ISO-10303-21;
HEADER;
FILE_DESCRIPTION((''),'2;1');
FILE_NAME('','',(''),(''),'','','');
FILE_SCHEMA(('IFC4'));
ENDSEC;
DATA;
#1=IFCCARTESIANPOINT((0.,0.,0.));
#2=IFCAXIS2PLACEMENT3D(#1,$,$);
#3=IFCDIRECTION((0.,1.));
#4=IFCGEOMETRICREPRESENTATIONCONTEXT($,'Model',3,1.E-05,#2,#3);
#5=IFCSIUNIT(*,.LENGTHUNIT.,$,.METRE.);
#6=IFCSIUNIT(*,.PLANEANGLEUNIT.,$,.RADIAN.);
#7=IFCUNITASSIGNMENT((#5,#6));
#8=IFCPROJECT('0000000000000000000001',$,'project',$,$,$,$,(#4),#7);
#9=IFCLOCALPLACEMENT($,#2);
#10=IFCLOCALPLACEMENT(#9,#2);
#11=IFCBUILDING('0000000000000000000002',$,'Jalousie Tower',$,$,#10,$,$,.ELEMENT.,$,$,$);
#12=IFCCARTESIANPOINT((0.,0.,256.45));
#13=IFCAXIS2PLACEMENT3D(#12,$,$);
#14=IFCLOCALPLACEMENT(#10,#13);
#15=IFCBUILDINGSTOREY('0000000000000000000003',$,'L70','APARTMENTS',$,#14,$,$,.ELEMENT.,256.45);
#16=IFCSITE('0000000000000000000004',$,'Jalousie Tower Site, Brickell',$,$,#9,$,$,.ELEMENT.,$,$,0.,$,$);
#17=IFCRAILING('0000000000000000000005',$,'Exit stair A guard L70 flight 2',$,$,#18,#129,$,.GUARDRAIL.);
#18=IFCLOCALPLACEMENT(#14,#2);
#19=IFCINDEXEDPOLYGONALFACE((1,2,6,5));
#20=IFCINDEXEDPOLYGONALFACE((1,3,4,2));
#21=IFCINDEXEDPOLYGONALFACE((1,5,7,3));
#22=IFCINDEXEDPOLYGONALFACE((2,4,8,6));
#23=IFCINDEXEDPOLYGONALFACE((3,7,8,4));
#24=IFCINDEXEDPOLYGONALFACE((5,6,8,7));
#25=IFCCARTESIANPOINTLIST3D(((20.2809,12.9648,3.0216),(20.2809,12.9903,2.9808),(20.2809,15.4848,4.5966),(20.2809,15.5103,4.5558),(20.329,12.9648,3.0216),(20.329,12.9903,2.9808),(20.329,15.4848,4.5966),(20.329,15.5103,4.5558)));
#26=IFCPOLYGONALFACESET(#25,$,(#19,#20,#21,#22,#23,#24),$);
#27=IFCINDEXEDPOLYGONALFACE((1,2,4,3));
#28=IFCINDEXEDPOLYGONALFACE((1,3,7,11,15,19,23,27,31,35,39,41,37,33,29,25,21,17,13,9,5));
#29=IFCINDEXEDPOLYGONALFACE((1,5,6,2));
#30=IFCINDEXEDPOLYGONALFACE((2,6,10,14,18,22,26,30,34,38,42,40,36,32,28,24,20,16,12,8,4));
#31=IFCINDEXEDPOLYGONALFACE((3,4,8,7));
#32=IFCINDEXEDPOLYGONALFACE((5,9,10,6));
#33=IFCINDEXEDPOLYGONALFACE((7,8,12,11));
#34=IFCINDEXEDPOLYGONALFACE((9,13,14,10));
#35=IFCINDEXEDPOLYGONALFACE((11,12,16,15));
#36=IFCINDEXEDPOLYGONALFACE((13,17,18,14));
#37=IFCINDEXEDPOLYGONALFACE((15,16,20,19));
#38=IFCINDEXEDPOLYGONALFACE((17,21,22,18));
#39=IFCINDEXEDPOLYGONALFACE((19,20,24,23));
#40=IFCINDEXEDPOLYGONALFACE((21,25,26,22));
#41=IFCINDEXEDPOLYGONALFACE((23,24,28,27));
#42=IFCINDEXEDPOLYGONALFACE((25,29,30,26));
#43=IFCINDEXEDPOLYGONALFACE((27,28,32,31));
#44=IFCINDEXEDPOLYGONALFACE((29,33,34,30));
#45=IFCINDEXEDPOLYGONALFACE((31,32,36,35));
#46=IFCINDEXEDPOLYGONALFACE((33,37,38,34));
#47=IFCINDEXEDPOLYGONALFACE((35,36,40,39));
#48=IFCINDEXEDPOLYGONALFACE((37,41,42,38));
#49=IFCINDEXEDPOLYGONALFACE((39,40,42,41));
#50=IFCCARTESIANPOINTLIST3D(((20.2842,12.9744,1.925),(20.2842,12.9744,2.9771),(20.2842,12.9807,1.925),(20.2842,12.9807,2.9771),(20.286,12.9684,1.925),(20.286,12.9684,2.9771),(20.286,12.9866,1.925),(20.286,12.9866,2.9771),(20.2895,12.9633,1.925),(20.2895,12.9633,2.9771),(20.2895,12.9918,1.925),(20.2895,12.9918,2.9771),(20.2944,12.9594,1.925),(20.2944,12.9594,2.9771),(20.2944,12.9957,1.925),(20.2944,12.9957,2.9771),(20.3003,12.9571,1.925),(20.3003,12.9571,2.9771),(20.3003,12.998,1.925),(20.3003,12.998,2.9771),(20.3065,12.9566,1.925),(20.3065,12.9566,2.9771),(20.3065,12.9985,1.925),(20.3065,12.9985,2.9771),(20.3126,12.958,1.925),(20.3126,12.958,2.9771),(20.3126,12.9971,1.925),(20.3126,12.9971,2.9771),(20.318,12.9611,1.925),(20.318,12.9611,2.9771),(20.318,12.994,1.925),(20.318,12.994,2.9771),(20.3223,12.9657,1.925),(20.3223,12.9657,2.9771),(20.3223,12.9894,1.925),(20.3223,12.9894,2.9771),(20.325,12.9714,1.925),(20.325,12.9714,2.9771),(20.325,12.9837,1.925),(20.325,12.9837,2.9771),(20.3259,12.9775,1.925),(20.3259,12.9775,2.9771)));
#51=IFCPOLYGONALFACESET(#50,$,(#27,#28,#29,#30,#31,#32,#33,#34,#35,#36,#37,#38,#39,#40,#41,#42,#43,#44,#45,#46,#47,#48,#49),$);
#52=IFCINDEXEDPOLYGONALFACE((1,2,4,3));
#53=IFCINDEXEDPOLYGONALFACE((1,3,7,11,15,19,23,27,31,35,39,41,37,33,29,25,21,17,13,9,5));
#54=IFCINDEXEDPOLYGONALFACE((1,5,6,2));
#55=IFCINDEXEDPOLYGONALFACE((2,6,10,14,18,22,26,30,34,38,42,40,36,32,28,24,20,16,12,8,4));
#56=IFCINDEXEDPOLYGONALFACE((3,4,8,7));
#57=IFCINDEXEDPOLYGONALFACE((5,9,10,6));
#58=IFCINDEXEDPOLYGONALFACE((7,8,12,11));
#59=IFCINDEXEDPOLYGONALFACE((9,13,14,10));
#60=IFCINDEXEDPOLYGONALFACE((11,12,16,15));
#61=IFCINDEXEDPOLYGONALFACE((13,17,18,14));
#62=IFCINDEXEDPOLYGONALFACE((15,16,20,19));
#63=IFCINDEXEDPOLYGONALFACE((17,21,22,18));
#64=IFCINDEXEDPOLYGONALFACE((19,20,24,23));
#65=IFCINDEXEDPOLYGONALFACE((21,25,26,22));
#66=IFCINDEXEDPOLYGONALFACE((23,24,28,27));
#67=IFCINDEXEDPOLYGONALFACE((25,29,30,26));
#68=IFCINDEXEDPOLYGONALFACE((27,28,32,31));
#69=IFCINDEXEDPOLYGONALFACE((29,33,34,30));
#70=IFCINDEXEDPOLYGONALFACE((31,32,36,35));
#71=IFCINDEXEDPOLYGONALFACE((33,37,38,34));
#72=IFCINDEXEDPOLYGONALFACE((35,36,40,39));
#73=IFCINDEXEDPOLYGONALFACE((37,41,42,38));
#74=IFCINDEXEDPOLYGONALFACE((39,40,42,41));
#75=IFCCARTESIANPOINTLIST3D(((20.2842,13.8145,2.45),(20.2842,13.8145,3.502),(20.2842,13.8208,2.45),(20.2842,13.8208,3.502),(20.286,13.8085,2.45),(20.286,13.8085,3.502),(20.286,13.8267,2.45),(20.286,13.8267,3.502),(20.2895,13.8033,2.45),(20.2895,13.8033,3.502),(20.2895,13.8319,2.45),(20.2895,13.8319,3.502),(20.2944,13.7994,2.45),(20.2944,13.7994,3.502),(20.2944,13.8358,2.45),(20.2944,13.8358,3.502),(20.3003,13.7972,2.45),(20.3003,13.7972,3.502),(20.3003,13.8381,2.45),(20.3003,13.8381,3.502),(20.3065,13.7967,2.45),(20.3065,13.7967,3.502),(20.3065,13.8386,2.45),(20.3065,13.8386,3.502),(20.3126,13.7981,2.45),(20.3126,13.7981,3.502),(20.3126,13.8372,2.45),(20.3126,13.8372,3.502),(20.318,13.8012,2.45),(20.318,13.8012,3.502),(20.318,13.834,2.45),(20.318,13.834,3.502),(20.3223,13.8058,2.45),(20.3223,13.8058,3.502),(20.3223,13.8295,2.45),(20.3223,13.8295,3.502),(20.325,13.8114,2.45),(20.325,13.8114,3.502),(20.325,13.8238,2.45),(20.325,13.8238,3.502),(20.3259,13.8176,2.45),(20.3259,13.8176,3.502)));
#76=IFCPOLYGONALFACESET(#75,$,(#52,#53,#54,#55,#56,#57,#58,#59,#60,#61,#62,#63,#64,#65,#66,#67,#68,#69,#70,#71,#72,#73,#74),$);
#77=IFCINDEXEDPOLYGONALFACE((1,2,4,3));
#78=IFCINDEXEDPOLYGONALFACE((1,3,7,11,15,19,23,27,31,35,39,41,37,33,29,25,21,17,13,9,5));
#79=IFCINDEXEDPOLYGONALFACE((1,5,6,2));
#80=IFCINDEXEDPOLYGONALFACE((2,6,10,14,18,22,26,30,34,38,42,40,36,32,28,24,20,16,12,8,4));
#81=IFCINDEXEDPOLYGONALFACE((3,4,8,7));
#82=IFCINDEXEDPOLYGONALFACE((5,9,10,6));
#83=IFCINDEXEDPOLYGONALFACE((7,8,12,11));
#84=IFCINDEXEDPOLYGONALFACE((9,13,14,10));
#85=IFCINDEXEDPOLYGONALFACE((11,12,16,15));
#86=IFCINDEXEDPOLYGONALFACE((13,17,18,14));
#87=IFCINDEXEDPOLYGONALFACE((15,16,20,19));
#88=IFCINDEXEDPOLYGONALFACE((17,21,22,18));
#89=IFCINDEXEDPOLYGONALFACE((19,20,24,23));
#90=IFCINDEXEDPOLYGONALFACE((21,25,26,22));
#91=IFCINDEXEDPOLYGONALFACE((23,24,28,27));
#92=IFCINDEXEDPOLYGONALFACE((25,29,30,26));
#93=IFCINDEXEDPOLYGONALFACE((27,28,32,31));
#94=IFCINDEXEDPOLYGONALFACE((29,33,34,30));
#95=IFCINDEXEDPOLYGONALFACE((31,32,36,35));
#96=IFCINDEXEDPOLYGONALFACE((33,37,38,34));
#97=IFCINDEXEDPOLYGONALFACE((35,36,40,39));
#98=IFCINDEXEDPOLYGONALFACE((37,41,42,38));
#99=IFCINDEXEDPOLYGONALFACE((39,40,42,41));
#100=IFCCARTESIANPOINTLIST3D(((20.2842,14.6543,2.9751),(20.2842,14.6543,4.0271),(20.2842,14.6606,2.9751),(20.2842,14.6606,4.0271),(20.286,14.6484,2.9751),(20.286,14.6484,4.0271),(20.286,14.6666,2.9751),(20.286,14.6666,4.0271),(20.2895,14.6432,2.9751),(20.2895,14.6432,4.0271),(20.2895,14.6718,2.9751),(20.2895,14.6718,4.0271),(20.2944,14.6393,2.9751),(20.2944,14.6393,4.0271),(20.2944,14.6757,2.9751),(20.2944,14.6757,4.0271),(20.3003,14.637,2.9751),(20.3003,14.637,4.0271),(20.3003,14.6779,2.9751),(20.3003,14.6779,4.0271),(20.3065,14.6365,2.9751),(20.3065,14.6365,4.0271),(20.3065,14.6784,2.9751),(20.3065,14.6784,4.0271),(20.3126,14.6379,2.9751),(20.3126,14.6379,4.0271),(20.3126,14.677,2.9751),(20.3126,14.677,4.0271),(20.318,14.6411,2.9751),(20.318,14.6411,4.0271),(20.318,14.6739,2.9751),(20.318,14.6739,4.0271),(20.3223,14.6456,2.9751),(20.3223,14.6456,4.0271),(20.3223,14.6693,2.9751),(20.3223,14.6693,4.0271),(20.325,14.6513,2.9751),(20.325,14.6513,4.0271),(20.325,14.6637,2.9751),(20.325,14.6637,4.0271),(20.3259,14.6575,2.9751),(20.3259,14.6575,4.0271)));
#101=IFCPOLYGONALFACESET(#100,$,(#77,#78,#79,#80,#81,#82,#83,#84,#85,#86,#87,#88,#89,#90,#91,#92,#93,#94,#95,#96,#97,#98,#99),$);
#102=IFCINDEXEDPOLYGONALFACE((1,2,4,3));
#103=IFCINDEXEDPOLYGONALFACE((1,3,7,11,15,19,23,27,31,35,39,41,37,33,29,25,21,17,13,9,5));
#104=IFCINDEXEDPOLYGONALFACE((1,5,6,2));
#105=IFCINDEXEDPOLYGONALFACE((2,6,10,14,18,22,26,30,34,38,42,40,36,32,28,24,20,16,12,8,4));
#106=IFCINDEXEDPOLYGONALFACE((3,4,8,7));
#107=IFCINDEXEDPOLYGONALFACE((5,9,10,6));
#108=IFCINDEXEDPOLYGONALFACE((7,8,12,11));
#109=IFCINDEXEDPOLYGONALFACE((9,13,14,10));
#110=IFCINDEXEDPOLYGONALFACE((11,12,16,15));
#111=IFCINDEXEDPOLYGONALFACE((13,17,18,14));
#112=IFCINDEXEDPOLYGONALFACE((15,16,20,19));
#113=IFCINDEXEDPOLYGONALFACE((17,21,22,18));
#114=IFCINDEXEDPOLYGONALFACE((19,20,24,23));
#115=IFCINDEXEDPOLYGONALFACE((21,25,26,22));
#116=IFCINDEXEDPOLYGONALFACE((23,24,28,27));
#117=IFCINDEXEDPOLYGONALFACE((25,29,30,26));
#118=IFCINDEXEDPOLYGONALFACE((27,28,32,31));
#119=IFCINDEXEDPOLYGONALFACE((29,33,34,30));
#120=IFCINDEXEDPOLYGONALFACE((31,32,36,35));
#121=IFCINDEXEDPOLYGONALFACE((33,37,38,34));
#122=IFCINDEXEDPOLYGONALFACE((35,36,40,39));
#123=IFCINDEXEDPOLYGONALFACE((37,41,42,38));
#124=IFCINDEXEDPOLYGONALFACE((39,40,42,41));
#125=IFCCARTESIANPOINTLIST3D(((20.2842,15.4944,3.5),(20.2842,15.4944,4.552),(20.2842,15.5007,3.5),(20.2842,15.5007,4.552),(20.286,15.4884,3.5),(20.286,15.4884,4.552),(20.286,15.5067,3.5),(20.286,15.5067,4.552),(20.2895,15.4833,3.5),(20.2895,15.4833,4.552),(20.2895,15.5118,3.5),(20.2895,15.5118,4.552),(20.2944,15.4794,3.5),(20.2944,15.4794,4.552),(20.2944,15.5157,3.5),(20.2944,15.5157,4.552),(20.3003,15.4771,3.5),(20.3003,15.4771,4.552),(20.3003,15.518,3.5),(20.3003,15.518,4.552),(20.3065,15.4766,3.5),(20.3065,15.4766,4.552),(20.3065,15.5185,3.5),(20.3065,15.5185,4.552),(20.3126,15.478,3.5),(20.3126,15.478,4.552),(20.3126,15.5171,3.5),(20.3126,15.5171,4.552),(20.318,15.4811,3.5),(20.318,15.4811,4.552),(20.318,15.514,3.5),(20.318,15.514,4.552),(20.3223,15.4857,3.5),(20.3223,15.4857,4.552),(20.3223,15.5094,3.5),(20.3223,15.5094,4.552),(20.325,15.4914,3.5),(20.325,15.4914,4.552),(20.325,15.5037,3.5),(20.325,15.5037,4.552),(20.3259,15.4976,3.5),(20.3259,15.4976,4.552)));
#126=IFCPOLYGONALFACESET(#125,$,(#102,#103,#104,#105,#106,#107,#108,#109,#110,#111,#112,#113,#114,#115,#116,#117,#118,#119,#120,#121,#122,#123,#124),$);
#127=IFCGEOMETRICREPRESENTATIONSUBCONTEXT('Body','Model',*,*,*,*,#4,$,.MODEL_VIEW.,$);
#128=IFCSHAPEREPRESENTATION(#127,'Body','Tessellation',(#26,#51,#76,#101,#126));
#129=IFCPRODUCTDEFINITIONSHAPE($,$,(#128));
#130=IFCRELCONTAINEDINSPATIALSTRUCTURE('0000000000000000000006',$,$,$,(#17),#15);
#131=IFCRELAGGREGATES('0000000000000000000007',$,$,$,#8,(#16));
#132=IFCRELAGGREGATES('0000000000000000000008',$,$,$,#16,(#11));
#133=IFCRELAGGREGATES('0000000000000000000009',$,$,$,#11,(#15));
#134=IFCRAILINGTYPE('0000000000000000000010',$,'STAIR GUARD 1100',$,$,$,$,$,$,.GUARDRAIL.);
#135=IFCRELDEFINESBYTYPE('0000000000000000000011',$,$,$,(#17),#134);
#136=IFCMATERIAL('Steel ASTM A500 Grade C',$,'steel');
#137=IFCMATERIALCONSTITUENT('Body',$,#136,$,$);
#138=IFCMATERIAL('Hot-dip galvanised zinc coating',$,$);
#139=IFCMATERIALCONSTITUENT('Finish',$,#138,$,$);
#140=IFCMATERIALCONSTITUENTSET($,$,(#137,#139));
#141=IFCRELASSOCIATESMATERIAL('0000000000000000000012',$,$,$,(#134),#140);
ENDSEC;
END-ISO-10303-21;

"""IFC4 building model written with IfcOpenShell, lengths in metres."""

from ifc_helpers import new_model, si_unit, direction, frame, origin, origin_2d, place, context, subcontext, project, spatial, rectangle, circle, extrude, material, constituent, constituent_set, type_object, element, save


model = new_model("IFC4")

# Units and contexts
model_context = context("Model", 3, precision=1e-05, world=origin(), true_north=direction((0.0, 1.0)))
body_context = subcontext(model_context, "Body", "Model", "MODEL_VIEW")
ifc_project = project(units=[si_unit("LENGTHUNIT", "METRE"), si_unit("PLANEANGLEUNIT", "RADIAN")], contexts=[model_context])

# Site, building, storey
site_placement = place(None, origin())
site = spatial("IfcSite", under=ifc_project, at=site_placement, Name="Jalousie Tower Site, Brickell", CompositionType="ELEMENT", RefElevation=0.0)
building_placement = place(site_placement, origin())
building = spatial("IfcBuilding", under=site, at=building_placement, Name="Jalousie Tower", CompositionType="ELEMENT")
storey_placement = place(building_placement, frame((0.0, 0.0, 256.45)))
storey = spatial("IfcBuildingStorey", under=building, at=storey_placement, Name="L70", Description="APARTMENTS", CompositionType="ELEMENT", Elevation=256.45)

# Railing
ifc_material_1 = material(Name="Steel ASTM A500 Grade C", Category="steel")
ifc_constituent_1 = constituent(ifc_material_1, Name="Body")
ifc_material_2 = material(Name="Hot-dip galvanised zinc coating")
ifc_constituent_2 = constituent(ifc_material_2, Name="Finish")
ifc_constituent_set_1 = constituent_set(constituents=[ifc_constituent_1, ifc_constituent_2])
railing_type_1 = type_object("IfcRailingType", Name="STAIR GUARD 1100", PredefinedType="GUARDRAIL", material=ifc_constituent_set_1)
railing_1_placement = place(storey_placement, frame((20.3049, 12.9775, 1.925)))
element("IfcRailing", 1, at=railing_1_placement, inside=storey, type_object=railing_type_1, Name="Exit stair A guard L70 flight 2", PredefinedType="GUARDRAIL", context=body_context, shape_type="SweptSolid", body=[
    extrude(rectangle(XDim=0.0481, YDim=0.0481, at=origin_2d()), frame((0.0, 0.0, 1.0762), z_axis=(0.0, 0.848008, 0.529984), x_axis=(-1.0, 0.0, 0.0)), (0.0, 0.0, 1.0), 2.9717),
    extrude(circle(Radius=0.021, at=origin_2d()), origin(), (0.0, 0.0, 1.0), 1.052),
    extrude(circle(Radius=0.021, at=origin_2d()), frame((0.0, 0.8401, 0.5249)), (0.0, 0.0, 1.0), 1.052),
    extrude(circle(Radius=0.021, at=origin_2d()), frame((0.0, 1.6799, 1.05)), (0.0, 0.0, 1.0), 1.052),
    extrude(circle(Radius=0.021, at=origin_2d()), frame((0.0, 2.52, 1.575)), (0.0, 0.0, 1.0), 1.052),
])

save(model, "model.ifc")
